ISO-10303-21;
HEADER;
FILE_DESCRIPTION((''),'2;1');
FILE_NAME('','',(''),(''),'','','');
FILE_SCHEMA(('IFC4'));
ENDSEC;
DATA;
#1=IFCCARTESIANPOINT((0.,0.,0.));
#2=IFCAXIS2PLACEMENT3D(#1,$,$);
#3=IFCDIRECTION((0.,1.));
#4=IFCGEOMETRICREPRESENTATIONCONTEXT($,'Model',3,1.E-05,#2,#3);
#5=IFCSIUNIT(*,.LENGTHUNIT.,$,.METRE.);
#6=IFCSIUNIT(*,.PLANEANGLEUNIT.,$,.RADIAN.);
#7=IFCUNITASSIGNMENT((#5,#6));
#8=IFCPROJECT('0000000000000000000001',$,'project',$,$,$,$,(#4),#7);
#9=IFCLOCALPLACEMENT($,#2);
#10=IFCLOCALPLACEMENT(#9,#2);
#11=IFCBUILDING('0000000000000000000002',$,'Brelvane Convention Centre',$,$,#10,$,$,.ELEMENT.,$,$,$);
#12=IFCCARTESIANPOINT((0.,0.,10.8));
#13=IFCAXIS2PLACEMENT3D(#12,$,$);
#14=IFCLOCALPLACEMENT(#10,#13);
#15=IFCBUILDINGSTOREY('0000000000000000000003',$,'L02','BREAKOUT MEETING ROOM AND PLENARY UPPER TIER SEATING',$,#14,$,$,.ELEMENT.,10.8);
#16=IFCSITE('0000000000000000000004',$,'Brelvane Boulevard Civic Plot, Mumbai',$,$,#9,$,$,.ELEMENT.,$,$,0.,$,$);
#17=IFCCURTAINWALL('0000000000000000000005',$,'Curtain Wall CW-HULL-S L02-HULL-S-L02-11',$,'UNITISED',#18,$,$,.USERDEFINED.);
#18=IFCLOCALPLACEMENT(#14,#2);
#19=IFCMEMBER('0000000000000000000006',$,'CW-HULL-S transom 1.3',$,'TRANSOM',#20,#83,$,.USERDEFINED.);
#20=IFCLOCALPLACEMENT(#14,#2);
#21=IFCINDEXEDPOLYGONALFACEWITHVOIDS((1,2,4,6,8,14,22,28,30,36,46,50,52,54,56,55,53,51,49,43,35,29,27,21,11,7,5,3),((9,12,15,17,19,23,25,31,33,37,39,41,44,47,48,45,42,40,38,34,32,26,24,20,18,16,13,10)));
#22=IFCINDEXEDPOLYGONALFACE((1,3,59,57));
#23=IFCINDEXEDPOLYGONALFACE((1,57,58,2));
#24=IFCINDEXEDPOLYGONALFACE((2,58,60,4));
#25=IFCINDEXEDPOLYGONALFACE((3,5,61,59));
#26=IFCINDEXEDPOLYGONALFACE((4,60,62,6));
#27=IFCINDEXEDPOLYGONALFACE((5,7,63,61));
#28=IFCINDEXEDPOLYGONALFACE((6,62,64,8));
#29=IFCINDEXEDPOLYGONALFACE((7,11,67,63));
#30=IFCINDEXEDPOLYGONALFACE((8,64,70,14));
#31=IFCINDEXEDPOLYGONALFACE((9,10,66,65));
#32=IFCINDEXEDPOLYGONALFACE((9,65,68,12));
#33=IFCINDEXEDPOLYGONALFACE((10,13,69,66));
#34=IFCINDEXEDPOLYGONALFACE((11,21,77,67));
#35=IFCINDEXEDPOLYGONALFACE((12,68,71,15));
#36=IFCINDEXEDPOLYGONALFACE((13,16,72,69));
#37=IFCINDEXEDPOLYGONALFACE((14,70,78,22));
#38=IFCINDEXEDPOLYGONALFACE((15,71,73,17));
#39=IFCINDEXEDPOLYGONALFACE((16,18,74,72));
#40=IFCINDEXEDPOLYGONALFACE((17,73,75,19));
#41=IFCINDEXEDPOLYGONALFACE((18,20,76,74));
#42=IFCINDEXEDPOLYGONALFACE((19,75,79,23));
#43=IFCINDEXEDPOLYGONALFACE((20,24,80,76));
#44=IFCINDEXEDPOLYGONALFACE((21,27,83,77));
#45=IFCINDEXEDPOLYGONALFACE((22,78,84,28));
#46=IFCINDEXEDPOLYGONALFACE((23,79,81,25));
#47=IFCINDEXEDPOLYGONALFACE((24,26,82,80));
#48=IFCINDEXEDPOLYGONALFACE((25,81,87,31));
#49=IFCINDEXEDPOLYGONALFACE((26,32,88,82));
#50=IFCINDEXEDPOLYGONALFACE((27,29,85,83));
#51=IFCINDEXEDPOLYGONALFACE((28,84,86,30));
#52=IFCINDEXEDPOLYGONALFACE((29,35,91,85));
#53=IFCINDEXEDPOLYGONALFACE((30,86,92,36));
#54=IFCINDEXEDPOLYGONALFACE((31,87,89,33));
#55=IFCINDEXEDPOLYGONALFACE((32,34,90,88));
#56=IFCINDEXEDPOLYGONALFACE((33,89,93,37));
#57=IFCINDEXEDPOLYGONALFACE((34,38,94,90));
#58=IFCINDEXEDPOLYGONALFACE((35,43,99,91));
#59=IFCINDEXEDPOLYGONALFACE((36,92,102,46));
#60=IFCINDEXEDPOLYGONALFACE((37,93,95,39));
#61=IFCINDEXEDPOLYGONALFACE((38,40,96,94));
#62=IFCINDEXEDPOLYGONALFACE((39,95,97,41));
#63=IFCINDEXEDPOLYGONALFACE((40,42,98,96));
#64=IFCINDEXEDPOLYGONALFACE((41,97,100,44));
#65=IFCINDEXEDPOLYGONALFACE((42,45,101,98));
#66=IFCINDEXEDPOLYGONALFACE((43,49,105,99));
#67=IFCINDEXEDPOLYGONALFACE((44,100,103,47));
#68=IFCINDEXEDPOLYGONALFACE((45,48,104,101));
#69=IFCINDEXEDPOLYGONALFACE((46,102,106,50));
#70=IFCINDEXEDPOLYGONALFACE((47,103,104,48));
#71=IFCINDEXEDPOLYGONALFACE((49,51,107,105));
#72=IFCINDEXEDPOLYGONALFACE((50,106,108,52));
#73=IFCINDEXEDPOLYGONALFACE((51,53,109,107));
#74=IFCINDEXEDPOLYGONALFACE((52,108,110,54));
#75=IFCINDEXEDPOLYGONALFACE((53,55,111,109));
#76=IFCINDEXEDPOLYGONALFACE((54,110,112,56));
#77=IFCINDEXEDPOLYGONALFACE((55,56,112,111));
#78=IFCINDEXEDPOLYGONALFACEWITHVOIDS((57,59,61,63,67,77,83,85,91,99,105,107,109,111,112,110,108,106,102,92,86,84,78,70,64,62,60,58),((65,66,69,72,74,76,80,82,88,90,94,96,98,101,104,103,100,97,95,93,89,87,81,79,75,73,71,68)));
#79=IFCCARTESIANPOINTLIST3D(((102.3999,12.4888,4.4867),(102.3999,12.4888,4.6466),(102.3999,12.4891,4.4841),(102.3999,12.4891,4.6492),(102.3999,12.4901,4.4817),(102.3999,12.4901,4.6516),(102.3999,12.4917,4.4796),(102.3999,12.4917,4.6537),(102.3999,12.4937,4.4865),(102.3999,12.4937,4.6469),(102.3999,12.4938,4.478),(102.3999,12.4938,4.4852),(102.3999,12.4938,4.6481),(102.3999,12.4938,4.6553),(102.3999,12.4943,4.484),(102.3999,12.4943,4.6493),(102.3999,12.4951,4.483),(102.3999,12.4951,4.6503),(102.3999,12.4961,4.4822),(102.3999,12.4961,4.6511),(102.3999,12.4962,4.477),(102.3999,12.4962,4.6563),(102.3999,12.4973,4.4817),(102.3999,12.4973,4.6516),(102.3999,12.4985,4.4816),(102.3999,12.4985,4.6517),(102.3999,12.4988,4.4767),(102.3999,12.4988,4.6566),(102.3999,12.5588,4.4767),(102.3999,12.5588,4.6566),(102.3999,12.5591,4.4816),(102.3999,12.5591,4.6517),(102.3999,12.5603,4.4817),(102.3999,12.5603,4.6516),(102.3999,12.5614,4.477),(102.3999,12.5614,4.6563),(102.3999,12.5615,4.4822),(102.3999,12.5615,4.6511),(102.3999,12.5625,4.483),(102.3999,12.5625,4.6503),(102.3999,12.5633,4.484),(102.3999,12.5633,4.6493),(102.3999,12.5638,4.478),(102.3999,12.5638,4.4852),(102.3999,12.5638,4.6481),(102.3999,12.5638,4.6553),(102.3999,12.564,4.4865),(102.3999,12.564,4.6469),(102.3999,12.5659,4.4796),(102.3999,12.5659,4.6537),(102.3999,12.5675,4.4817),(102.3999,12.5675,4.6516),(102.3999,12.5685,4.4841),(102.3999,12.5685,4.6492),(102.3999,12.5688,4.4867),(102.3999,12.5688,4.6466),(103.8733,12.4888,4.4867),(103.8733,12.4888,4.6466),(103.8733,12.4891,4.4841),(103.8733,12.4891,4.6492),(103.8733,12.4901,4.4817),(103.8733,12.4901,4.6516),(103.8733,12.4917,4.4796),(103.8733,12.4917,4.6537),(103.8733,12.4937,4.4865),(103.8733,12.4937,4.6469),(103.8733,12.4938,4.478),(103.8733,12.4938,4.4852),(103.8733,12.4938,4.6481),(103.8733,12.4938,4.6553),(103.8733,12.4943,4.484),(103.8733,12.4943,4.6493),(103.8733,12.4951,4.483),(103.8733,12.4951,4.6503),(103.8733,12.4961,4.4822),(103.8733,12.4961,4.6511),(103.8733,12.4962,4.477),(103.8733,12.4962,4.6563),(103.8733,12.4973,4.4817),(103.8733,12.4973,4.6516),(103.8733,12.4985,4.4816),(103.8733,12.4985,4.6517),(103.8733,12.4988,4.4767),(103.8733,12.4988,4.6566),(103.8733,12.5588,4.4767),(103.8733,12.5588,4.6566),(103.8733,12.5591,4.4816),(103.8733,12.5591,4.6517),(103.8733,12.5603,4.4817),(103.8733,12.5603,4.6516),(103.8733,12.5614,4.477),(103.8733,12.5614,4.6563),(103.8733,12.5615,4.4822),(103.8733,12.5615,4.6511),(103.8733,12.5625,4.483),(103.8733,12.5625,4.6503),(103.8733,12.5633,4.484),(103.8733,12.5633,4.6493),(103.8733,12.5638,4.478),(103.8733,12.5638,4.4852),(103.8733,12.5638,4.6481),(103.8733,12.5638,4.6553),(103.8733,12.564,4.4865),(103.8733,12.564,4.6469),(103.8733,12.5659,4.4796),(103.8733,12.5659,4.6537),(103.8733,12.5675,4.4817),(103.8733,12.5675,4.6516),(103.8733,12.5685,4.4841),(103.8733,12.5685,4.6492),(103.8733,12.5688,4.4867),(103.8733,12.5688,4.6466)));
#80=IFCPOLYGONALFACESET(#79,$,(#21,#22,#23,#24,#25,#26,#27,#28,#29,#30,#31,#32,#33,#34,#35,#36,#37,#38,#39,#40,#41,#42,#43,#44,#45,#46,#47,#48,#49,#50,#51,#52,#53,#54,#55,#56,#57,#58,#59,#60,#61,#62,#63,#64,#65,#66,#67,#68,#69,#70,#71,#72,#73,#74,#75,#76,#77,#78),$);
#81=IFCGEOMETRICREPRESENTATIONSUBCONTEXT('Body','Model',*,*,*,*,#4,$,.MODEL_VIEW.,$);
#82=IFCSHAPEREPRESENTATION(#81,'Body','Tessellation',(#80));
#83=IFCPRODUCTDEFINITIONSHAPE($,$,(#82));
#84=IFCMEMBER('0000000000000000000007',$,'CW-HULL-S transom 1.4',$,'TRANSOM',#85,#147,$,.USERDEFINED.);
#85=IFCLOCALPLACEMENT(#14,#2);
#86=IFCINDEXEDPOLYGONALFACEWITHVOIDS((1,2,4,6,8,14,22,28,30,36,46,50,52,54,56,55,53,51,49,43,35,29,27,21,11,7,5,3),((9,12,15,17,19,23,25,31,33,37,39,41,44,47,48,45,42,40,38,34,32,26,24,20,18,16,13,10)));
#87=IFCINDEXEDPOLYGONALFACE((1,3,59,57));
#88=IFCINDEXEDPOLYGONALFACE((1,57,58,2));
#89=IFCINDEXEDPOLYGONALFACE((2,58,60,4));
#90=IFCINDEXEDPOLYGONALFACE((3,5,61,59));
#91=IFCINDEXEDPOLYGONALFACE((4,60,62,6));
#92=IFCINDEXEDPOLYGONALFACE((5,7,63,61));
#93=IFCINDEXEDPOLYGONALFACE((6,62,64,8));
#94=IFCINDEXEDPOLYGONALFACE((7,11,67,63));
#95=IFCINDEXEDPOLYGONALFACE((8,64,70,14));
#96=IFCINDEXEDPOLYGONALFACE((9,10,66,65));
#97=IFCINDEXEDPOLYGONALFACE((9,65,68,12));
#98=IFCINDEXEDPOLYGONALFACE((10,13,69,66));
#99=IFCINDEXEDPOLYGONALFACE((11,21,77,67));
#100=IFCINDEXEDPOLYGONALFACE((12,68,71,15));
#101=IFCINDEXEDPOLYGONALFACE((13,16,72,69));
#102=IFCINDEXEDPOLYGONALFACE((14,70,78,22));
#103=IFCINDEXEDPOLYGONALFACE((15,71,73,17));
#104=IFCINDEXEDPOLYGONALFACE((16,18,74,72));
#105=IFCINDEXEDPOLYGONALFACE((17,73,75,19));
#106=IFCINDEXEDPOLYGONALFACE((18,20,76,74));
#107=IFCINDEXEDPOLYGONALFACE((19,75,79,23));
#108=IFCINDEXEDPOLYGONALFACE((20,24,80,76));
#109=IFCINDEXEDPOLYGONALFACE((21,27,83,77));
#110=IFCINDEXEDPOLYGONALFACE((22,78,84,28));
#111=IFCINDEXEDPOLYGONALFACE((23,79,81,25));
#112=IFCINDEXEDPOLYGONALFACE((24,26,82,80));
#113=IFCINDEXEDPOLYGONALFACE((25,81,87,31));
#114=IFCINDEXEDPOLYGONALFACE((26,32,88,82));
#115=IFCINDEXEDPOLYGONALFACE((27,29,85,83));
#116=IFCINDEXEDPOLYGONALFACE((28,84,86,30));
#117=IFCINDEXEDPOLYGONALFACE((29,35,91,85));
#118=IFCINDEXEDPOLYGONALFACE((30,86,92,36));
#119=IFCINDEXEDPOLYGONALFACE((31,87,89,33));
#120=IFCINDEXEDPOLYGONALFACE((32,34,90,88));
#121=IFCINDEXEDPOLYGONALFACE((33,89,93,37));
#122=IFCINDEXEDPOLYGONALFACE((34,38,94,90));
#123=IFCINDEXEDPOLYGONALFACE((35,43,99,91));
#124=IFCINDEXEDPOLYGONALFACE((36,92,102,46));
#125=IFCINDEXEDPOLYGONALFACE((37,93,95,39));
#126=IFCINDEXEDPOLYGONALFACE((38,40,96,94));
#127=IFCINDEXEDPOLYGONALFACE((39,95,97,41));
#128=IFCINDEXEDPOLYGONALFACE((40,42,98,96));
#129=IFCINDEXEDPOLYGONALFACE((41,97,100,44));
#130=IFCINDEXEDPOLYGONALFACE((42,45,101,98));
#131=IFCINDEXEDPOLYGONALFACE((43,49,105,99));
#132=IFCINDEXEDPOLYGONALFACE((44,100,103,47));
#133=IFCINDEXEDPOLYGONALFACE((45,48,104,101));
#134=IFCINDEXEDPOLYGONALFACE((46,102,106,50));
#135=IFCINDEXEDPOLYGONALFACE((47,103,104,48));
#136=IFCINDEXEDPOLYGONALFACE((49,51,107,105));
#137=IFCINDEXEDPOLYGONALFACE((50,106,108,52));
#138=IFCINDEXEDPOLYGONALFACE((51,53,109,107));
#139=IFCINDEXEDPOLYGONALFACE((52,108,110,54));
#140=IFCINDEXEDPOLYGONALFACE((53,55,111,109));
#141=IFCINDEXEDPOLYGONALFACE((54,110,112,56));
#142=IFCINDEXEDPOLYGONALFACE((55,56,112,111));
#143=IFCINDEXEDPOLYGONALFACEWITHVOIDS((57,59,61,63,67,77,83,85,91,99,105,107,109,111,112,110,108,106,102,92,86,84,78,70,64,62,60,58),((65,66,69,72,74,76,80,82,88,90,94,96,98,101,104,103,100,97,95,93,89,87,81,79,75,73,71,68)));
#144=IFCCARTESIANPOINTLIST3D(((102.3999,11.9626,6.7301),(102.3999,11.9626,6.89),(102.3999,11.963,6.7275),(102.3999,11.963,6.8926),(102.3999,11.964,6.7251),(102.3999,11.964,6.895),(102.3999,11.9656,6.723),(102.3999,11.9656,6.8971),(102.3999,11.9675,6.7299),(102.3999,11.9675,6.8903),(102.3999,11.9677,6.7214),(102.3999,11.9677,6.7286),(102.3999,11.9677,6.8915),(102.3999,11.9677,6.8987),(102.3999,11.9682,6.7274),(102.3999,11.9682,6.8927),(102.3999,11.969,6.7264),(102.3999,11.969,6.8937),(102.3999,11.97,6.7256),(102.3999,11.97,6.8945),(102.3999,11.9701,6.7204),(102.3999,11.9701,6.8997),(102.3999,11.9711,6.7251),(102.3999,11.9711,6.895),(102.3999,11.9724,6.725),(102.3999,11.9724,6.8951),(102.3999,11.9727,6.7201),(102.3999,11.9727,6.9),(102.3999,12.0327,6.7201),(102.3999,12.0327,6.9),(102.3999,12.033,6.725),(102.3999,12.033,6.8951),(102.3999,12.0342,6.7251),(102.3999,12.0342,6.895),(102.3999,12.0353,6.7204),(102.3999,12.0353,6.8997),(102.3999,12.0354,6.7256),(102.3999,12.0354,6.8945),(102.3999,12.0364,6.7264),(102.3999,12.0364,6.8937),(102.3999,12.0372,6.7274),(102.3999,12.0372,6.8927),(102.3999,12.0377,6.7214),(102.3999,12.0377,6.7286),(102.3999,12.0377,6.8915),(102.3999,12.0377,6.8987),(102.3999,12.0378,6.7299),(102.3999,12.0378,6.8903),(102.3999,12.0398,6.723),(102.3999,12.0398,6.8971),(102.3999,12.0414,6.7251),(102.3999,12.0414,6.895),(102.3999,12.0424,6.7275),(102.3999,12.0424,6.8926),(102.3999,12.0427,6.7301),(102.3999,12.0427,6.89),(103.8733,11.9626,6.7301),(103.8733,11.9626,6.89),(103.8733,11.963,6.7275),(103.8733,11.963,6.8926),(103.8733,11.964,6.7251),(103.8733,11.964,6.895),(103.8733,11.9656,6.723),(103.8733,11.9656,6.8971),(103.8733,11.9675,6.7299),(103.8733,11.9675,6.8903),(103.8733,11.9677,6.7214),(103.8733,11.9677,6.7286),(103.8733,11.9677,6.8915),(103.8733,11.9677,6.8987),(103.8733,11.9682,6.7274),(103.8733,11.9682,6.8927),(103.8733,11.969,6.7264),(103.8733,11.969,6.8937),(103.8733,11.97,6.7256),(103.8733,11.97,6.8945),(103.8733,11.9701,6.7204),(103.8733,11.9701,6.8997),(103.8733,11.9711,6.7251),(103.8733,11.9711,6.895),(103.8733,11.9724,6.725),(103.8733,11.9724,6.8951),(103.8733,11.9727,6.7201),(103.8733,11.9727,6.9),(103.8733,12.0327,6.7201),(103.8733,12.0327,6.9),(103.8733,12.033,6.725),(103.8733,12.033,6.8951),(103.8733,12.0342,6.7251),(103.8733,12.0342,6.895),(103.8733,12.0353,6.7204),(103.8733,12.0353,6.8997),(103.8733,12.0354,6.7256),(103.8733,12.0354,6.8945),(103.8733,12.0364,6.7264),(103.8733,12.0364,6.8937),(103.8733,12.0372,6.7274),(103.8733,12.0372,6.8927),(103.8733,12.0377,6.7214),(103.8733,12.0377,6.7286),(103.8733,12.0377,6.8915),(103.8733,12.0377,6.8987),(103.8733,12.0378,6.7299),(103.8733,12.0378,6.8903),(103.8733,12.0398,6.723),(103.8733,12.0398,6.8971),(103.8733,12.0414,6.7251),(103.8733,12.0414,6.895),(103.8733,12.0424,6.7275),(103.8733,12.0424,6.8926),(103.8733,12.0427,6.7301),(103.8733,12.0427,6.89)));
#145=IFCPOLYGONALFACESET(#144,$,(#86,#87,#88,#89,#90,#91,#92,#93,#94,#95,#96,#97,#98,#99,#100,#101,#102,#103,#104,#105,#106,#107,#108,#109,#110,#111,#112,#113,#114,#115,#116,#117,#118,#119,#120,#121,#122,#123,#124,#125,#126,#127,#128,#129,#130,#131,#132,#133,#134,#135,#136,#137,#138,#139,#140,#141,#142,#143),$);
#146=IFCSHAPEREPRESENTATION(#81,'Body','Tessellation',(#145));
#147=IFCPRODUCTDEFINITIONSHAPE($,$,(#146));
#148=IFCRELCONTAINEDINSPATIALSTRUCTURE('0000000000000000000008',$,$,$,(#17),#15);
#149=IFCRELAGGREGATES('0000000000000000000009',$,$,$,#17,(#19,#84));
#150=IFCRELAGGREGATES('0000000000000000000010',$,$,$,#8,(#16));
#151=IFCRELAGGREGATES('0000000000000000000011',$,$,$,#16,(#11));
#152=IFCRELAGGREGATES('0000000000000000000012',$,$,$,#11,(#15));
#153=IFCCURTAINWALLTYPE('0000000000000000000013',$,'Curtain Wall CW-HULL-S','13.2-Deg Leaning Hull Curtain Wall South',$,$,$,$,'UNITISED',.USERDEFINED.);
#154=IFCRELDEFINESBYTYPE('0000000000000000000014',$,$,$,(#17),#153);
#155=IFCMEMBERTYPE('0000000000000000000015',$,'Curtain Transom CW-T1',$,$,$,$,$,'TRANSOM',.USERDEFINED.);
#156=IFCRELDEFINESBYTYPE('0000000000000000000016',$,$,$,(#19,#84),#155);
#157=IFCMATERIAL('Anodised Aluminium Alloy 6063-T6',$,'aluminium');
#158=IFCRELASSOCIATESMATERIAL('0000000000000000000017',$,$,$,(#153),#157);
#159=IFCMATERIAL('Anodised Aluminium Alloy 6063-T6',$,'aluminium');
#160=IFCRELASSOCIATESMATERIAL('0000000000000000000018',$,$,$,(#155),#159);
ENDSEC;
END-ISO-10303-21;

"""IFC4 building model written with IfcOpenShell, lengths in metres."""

from ifc_helpers import new_model, si_unit, direction, frame, origin, origin_2d, place, context, subcontext, project, spatial, hollow_rectangle, extrude, material, material_profile, profile_set, type_object, element, aggregate, save


model = new_model("IFC4")

# Units and contexts
model_context = context("Model", 3, precision=1e-05, world=origin(), true_north=direction((0.0, 1.0)))
body_context = subcontext(model_context, "Body", "Model", "MODEL_VIEW")
ifc_project = project(units=[si_unit("LENGTHUNIT", "METRE"), si_unit("PLANEANGLEUNIT", "RADIAN")], contexts=[model_context])

# Site, building, storey
site_placement = place(None, origin())
site = spatial("IfcSite", under=ifc_project, at=site_placement, Name="Brelvane Boulevard Civic Plot, Mumbai", CompositionType="ELEMENT", RefElevation=0.0)
building_placement = place(site_placement, origin())
building = spatial("IfcBuilding", under=site, at=building_placement, Name="Brelvane Convention Centre", CompositionType="ELEMENT")
storey_placement = place(building_placement, frame((0.0, 0.0, 10.8)))
storey = spatial("IfcBuildingStorey", under=building, at=storey_placement, Name="L02", Description="BREAKOUT MEETING ROOM AND PLENARY UPPER TIER SEATING", CompositionType="ELEMENT", Elevation=10.8)

# Curtain wall, members
ifc_material_1 = material(Name="Anodised Aluminium Alloy 6063-T6", Category="aluminium")
curtain_wall_type = type_object("IfcCurtainWallType", Name="Curtain Wall CW-HULL-S", Description="13.2-Deg Leaning Hull Curtain Wall South", ElementType="UNITISED", PredefinedType="USERDEFINED", material=ifc_material_1)
ifc_material_2 = material(Name="Anodised Aluminium Alloy 6063-T6", Category="aluminium")
ifc_material_profile = material_profile(ifc_material_2, hollow_rectangle(XDim=0.0801, YDim=0.1799, WallThickness=0.0049, InnerFilletRadius=0.0049, OuterFilletRadius=0.01, at=origin_2d()), Name="ALU-T 180x80x5.0")
ifc_profile_set = profile_set([ifc_material_profile], Name="Anodised Aluminium Alloy 6063-T6")
member_type = type_object("IfcMemberType", Name="Curtain Transom CW-T1", ElementType="TRANSOM", PredefinedType="USERDEFINED", material=ifc_profile_set)
curtain_wall_1_placement = place(storey_placement, origin())
curtain_wall_1 = element("IfcCurtainWall", 1, at=curtain_wall_1_placement, inside=storey, type_object=curtain_wall_type, Name="Curtain Wall CW-HULL-S L02-HULL-S-L02-11", ObjectType="UNITISED", PredefinedType="USERDEFINED")
member_1_placement = place(storey_placement, frame((102.3999, 12.5288, 4.5667), z_axis=(1.0, 0.0, 0.0), x_axis=(0.0, 1.0, 0.0)))
member_1 = element("IfcMember", 2, at=member_1_placement, type_object=member_type, Name="CW-HULL-S transom 1.3", ObjectType="TRANSOM", PredefinedType="USERDEFINED", context=body_context, shape_type="SweptSolid", body=[
    extrude(hollow_rectangle(XDim=0.0801, YDim=0.1799, WallThickness=0.0049, InnerFilletRadius=0.0049, OuterFilletRadius=0.01, at=origin_2d()), origin(), (0.0, 0.0, 1.0), 1.4734),
])
member_2_placement = place(storey_placement, frame((102.3999, 12.0027, 6.8101), z_axis=(1.0, 0.0, 0.0), x_axis=(0.0, 1.0, 0.0)))
member_2 = element("IfcMember", 3, at=member_2_placement, type_object=member_type, Name="CW-HULL-S transom 1.4", ObjectType="TRANSOM", PredefinedType="USERDEFINED", context=body_context, shape_type="SweptSolid", body=[
    extrude(hollow_rectangle(XDim=0.0801, YDim=0.1799, WallThickness=0.0049, InnerFilletRadius=0.0049, OuterFilletRadius=0.01, at=origin_2d()), origin(), (0.0, 0.0, 1.0), 1.4734),
])

aggregate(curtain_wall_1, [member_1, member_2])

save(model, "model.ifc")
